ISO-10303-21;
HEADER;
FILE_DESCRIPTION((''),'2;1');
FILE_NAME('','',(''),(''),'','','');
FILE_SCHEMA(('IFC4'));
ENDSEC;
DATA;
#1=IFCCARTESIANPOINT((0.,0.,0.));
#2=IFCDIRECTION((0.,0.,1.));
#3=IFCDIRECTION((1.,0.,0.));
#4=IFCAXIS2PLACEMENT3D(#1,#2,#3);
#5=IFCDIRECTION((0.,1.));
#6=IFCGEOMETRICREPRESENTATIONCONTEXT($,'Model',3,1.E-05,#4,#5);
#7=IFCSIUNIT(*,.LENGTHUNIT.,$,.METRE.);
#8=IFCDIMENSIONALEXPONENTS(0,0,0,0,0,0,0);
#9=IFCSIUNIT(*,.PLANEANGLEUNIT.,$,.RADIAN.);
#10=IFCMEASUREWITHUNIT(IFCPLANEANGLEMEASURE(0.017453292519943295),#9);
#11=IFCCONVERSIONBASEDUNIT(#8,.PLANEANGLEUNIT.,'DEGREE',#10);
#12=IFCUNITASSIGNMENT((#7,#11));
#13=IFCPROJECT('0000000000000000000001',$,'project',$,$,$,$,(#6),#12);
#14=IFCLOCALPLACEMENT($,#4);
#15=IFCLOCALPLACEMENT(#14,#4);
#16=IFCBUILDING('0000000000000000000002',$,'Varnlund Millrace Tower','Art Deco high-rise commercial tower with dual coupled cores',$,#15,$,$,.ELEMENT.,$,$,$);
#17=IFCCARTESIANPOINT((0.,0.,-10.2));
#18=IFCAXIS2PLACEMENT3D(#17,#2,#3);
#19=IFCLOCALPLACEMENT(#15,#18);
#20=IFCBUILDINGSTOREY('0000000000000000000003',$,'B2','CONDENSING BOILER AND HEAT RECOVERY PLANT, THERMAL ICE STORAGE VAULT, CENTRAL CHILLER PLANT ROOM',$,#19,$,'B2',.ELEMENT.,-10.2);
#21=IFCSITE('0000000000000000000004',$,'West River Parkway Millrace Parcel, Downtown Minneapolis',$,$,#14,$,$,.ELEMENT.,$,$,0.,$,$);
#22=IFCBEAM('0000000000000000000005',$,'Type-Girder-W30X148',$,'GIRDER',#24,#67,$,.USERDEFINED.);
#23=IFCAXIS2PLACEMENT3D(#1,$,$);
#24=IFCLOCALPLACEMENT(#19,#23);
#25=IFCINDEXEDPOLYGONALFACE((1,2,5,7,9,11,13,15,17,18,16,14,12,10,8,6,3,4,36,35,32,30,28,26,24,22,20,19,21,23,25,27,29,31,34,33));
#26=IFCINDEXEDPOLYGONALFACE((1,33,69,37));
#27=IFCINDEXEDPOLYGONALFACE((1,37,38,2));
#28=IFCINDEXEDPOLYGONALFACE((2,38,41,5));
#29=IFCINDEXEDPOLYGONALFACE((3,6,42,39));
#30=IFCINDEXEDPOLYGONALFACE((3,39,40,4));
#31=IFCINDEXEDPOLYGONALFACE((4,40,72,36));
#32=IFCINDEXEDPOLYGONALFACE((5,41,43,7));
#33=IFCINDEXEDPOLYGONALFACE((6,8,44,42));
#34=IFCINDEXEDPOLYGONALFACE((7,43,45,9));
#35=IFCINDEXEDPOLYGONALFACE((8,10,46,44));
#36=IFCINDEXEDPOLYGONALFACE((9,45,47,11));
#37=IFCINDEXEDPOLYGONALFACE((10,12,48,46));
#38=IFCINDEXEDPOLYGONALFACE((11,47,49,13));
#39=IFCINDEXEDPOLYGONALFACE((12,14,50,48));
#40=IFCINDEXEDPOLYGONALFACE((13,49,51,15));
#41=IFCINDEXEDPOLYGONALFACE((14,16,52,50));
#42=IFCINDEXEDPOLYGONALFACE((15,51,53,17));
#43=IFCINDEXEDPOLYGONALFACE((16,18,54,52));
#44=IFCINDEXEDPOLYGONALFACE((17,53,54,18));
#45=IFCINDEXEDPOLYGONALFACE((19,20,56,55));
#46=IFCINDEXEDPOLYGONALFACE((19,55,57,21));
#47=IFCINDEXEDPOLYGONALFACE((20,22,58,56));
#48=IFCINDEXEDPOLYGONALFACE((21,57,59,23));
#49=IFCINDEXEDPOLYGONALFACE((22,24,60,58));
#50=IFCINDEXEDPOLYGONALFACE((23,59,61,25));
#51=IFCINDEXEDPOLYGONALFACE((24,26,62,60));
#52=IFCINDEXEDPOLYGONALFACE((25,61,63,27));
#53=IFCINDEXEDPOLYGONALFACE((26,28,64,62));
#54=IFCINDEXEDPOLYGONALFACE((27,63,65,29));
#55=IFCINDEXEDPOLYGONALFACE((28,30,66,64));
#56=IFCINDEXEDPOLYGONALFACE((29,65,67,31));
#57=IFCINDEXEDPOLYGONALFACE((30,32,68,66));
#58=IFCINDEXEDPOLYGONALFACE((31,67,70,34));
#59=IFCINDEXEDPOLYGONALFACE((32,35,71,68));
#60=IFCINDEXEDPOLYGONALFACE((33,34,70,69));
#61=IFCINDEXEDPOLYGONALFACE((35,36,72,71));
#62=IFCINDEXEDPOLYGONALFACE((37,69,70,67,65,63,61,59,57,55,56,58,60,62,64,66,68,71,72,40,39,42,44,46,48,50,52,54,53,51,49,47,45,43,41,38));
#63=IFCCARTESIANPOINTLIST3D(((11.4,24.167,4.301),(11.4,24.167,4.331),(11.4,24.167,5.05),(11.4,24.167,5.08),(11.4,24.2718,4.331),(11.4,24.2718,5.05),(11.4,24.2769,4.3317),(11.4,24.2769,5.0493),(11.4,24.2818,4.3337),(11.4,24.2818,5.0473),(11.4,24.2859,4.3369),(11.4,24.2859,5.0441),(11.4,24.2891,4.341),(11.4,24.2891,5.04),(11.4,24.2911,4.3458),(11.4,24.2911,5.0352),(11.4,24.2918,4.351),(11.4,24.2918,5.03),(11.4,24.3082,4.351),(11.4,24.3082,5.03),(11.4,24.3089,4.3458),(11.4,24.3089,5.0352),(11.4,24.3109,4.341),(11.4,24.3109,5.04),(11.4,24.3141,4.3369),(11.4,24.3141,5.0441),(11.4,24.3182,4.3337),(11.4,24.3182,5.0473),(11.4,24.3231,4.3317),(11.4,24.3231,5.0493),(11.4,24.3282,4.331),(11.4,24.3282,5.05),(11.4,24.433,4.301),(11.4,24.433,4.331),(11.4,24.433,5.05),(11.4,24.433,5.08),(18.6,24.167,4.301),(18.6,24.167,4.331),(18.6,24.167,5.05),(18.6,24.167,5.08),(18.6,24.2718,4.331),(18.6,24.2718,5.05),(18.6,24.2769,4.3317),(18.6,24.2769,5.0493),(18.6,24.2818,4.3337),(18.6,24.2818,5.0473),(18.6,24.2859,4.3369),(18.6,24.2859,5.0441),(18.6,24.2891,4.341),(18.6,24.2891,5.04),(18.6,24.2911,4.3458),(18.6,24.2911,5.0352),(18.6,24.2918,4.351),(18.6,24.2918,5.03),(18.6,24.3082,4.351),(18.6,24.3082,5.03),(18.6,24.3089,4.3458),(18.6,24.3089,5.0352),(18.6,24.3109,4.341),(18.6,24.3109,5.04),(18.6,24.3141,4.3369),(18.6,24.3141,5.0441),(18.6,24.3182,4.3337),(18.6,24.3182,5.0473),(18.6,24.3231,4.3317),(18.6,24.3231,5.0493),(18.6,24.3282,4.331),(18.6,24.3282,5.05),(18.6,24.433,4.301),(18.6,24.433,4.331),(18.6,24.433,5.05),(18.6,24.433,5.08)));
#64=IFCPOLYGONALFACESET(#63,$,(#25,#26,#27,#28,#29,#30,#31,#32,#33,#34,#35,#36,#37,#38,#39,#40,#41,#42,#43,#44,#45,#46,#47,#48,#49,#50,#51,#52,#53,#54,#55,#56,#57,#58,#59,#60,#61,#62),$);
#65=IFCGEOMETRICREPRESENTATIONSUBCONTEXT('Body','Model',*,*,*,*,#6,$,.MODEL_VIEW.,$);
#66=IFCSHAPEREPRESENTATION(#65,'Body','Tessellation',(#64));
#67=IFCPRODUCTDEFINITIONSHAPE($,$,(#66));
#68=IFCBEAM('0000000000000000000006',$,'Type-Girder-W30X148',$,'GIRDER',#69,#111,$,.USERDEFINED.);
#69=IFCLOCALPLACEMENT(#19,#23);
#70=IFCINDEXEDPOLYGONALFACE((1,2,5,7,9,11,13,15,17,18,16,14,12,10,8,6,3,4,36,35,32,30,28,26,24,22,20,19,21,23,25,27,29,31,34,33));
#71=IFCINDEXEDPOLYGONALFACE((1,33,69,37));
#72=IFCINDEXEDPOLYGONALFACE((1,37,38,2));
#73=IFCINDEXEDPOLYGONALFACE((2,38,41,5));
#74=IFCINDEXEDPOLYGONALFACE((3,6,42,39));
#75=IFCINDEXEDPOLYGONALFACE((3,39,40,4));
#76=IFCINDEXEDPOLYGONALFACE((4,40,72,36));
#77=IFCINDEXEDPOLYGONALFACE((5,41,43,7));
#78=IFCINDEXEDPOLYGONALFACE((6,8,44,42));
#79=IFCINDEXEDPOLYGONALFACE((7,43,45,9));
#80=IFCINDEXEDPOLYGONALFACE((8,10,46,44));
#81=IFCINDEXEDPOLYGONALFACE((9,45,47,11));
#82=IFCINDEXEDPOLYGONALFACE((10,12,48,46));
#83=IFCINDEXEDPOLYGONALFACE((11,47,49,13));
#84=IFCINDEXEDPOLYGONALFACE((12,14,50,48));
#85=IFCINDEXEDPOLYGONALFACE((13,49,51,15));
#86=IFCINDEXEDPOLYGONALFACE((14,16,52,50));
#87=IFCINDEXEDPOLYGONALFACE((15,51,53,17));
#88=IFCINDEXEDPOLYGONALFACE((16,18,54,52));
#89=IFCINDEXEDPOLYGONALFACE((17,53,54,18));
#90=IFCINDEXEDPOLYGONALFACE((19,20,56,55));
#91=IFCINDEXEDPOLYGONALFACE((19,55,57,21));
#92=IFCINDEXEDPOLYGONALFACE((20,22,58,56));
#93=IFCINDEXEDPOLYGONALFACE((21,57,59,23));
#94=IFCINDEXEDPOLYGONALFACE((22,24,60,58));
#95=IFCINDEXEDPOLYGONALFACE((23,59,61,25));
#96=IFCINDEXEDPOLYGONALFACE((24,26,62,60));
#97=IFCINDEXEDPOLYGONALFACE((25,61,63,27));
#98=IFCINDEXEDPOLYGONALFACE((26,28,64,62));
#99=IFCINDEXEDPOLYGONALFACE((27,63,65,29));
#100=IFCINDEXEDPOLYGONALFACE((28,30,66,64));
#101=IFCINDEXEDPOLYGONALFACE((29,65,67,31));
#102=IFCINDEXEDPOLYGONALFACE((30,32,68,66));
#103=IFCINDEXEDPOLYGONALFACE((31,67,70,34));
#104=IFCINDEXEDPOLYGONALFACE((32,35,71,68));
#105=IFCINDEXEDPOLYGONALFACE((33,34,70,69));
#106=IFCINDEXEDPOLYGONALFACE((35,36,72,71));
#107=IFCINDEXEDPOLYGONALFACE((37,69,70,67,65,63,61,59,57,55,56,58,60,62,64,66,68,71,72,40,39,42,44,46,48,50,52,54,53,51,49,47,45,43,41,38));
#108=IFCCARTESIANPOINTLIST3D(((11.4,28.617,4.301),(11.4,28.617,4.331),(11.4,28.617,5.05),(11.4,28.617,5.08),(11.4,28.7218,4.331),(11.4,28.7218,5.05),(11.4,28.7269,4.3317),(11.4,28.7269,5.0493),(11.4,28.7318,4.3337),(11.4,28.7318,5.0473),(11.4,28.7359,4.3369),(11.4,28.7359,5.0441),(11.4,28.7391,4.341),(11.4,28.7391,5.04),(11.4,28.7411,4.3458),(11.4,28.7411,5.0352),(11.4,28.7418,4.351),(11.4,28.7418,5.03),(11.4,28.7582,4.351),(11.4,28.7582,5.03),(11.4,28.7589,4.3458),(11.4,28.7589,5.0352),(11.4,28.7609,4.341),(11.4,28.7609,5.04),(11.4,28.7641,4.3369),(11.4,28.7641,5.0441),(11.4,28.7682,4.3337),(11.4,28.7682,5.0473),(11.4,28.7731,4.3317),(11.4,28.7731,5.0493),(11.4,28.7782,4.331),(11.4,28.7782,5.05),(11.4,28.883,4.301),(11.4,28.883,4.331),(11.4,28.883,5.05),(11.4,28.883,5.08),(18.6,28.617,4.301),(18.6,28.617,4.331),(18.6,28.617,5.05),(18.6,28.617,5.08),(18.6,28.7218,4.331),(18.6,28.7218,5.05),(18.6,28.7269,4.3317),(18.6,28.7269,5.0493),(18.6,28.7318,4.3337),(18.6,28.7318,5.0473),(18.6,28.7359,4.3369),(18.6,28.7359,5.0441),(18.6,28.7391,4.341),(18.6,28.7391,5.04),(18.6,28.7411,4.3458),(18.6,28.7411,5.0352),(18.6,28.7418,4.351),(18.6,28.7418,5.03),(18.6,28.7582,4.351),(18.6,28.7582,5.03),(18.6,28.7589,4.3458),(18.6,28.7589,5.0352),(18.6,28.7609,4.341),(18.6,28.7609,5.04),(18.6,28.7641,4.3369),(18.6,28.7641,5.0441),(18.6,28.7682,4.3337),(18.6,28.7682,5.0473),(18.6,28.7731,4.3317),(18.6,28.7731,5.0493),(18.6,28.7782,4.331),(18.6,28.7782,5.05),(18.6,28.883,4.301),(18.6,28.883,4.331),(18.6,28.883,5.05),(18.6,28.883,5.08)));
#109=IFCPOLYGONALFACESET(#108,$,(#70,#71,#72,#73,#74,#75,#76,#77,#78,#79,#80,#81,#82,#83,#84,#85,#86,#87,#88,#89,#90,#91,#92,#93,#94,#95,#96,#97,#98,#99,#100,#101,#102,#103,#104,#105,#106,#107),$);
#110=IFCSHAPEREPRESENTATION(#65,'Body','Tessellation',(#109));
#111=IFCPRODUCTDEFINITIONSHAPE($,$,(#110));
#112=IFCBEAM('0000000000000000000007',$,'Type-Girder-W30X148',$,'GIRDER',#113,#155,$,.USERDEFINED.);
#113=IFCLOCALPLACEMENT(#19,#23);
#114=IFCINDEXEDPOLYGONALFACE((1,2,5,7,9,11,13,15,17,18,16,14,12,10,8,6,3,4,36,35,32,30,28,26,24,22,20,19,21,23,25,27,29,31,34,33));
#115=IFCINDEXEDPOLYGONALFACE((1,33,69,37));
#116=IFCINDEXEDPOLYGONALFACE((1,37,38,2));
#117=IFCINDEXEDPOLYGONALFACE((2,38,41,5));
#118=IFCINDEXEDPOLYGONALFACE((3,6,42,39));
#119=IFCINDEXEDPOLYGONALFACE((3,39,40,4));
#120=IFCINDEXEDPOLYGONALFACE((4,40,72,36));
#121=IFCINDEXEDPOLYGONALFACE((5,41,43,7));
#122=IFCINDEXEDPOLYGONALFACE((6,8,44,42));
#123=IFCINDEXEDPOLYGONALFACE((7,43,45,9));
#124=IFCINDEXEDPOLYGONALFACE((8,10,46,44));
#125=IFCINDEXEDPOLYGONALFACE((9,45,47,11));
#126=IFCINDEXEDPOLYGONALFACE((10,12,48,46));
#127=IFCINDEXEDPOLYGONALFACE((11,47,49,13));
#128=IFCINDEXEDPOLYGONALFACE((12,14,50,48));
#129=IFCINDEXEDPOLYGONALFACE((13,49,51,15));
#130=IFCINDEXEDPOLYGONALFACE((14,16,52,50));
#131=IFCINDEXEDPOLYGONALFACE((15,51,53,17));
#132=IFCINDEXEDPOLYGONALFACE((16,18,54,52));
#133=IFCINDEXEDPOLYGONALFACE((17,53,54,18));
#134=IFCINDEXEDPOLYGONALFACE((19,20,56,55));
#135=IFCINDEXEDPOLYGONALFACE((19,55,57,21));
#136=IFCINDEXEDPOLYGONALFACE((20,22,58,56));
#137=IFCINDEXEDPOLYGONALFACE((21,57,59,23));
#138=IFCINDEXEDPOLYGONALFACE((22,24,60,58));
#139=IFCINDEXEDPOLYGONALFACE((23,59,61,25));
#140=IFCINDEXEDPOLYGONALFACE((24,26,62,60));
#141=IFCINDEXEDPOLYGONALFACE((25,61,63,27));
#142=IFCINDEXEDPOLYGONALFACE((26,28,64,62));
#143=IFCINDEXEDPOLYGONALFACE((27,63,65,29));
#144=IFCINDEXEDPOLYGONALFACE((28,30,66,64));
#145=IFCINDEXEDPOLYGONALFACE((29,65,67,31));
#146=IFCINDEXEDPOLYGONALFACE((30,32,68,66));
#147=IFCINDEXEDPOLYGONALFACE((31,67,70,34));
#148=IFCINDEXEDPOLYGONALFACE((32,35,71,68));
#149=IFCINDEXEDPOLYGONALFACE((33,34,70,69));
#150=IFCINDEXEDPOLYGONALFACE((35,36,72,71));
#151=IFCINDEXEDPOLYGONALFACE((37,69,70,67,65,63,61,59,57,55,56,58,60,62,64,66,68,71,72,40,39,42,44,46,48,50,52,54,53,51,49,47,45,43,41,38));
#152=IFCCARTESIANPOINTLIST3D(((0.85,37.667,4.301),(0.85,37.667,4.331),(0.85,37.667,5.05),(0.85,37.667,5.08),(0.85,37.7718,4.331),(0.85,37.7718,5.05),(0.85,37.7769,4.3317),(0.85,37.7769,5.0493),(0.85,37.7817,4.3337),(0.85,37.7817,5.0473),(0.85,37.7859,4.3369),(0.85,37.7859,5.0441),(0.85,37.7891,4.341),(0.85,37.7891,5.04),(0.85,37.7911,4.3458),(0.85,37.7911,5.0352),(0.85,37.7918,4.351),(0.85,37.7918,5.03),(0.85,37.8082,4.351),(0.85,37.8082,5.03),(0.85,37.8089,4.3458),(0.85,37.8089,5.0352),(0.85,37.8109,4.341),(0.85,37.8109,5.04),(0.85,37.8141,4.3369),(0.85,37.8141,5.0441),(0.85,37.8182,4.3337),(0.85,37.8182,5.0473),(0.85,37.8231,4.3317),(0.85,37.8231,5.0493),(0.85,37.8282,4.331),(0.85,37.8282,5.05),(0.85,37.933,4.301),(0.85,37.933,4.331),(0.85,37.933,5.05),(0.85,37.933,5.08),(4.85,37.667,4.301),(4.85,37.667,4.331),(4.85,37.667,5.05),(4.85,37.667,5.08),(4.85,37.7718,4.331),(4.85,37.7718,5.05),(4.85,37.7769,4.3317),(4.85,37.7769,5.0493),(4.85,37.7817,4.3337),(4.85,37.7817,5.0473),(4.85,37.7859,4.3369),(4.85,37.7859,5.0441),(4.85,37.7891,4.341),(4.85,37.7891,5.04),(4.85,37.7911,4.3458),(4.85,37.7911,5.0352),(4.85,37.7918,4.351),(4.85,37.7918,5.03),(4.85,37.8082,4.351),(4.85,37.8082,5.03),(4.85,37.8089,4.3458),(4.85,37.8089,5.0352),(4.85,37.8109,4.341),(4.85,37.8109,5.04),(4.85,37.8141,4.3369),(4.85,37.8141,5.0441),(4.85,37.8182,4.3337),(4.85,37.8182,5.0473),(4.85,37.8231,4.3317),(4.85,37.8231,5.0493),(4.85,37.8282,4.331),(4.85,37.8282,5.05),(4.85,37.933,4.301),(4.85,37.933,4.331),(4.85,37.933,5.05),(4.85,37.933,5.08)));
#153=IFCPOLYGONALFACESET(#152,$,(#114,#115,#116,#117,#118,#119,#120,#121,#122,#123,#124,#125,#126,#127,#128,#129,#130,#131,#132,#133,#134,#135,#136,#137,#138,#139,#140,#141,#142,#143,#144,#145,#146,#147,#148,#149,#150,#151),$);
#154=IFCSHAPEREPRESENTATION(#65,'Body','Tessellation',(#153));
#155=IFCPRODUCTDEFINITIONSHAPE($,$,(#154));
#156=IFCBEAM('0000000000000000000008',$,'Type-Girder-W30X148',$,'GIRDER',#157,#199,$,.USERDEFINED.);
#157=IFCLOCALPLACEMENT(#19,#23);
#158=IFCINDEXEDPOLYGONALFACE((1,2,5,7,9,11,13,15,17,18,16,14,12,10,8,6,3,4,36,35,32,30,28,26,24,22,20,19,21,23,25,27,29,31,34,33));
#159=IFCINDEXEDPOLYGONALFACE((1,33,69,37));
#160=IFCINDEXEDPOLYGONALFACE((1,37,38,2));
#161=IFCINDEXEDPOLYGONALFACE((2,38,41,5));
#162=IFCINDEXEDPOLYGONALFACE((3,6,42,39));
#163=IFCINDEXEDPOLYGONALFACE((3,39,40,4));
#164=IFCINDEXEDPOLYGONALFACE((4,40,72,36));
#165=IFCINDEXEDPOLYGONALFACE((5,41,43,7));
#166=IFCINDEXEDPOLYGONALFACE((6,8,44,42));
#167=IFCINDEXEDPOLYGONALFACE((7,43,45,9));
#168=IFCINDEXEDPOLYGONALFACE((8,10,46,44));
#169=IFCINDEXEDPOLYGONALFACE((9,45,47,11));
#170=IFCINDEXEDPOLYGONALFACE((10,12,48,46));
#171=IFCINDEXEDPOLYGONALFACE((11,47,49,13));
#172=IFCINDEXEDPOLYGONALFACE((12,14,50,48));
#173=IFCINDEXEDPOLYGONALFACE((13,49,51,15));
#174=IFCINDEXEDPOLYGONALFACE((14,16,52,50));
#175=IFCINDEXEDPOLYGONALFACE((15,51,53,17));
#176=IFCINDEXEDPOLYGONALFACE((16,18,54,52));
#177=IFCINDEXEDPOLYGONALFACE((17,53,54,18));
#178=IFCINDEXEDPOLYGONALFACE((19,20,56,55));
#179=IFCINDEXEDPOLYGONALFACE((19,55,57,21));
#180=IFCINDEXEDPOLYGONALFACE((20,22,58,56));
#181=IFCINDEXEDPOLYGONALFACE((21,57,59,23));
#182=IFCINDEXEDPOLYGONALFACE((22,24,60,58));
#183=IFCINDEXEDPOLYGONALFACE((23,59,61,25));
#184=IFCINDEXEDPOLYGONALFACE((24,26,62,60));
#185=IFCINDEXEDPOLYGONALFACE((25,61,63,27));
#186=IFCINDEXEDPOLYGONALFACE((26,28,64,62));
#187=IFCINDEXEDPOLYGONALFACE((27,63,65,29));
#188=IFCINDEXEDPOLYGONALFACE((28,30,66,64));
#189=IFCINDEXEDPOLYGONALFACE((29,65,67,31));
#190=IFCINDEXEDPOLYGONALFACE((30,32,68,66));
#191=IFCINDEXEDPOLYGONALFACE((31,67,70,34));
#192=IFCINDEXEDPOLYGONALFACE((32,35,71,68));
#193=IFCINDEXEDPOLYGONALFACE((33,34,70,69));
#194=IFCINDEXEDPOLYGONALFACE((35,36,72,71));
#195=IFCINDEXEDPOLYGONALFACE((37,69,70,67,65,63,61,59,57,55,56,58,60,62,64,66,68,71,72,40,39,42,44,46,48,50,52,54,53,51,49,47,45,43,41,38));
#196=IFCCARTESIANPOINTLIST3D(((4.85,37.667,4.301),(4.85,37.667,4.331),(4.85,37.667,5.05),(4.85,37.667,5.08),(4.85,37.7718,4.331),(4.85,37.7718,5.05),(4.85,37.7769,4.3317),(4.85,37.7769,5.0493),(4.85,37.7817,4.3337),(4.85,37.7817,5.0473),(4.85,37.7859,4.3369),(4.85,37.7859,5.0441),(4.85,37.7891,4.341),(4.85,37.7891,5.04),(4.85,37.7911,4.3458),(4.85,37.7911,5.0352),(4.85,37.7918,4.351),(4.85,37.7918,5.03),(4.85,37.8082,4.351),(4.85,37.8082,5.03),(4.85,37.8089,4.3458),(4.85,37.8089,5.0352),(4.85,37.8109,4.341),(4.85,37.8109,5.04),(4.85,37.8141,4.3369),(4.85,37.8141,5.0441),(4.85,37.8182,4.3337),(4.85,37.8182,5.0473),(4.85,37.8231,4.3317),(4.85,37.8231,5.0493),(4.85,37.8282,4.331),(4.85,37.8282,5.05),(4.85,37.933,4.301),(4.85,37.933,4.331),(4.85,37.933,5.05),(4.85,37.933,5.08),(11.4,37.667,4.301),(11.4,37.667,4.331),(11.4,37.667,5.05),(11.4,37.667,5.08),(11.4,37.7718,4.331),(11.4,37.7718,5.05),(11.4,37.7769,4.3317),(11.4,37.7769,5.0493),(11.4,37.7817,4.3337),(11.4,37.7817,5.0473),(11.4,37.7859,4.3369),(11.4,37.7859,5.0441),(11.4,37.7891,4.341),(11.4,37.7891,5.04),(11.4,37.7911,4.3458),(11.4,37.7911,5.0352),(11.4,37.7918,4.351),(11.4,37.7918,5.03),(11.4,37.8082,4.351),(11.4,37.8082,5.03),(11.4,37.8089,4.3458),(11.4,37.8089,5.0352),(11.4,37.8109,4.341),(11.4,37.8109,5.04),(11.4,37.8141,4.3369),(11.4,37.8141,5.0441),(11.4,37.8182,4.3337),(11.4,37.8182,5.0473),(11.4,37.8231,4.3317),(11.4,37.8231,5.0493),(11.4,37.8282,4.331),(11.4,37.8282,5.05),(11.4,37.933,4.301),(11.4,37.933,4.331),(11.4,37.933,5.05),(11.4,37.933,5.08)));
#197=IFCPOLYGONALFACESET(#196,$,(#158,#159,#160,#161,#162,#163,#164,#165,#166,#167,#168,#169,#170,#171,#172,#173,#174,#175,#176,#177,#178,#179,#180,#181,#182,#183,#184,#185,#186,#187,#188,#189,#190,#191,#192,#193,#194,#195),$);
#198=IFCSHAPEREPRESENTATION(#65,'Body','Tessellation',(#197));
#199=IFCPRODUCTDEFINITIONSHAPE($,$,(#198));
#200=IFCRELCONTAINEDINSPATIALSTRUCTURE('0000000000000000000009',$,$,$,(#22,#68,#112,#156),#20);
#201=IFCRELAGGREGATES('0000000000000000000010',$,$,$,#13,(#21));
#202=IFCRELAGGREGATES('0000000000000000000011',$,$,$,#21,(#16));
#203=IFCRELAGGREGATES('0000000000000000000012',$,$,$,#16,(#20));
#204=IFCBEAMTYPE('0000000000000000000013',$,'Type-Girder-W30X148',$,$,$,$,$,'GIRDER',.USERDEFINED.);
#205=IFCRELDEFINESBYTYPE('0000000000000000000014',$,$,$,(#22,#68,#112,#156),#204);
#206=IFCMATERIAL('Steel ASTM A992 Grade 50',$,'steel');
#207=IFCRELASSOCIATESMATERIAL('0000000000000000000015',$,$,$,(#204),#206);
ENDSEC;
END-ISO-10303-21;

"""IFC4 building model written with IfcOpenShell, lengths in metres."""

from ifc_helpers import new_model, entity, si_unit, converted_unit, direction, frame, origin_with_axes, origin_2d_with_axis, place, context, subcontext, project, spatial, i_section, extrude, material, material_profile, profile_set, type_object, element, save


model = new_model("IFC4")

# Units and contexts
model_context = context("Model", 3, precision=1e-05, world=origin_with_axes(), true_north=direction((0.0, 1.0)))
body_context = subcontext(model_context, "Body", "Model", "MODEL_VIEW")
ifc_project = project(units=[si_unit("LENGTHUNIT", "METRE"), converted_unit("PLANEANGLEUNIT", "DEGREE", entity("IfcPlaneAngleMeasure", 0.017453292519943295), si_unit("PLANEANGLEUNIT", "RADIAN"), dimensions=[0, 0, 0, 0, 0, 0, 0])], contexts=[model_context])

# Site, building, storey
site_placement = place(None, origin_with_axes())
site = spatial("IfcSite", under=ifc_project, at=site_placement, Name="West River Parkway Millrace Parcel, Downtown Minneapolis", CompositionType="ELEMENT", RefElevation=0.0)
building_placement = place(site_placement, origin_with_axes())
building = spatial("IfcBuilding", under=site, at=building_placement, Name="Varnlund Millrace Tower", Description="Art Deco high-rise commercial tower with dual coupled cores", CompositionType="ELEMENT")
storey_placement = place(building_placement, frame((0.0, 0.0, -10.2), z_axis=(0.0, 0.0, 1.0), x_axis=(1.0, 0.0, 0.0)))
storey = spatial("IfcBuildingStorey", under=building, at=storey_placement, Name="B2", Description="CONDENSING BOILER AND HEAT RECOVERY PLANT, THERMAL ICE STORAGE VAULT, CENTRAL CHILLER PLANT ROOM", LongName="B2", CompositionType="ELEMENT", Elevation=-10.2)

# Beams
ifc_material_1 = material(Name="Steel ASTM A992 Grade 50", Category="steel")
ifc_material_profile_1 = material_profile(ifc_material_1, i_section(OverallWidth=0.266, OverallDepth=0.779, WebThickness=0.0165, FlangeThickness=0.03, FilletRadius=0.02, at=origin_2d_with_axis()), Name="Steel ASTM A992 Grade 50")
ifc_profile_set_1 = profile_set([ifc_material_profile_1], Name="Steel ASTM A992 Grade 50")
beam_type_1 = type_object("IfcBeamType", Name="Type-Girder-W30X148", ElementType="GIRDER", PredefinedType="USERDEFINED", material=ifc_profile_set_1)
for number, where, z_axis, x_axis, name in (
    (1, (11.4, 24.3, 4.6905), (1.0, 0.0, 0.0), (0.0, 1.0, 0.0), "Type-Girder-W30X148"),
    (2, (11.4, 28.75, 4.6905), (1.0, 0.0, 0.0), (0.0, 1.0, 0.0), "Type-Girder-W30X148"),
):
    element("IfcBeam", number, at=place(storey_placement, frame(where, z_axis=z_axis, x_axis=x_axis)), inside=storey, type_object=beam_type_1, Name=name, ObjectType="GIRDER", PredefinedType="USERDEFINED", context=body_context, shape_type="SweptSolid", body=[
        extrude(i_section(OverallWidth=0.266, OverallDepth=0.779, WebThickness=0.0165, FlangeThickness=0.03, FilletRadius=0.02, at=origin_2d_with_axis()), origin_with_axes(), (0.0, 0.0, 1.0), 7.2),
    ])
beam_1_placement = place(storey_placement, frame((0.85, 37.8, 4.6905), z_axis=(1.0, 0.0, 0.0), x_axis=(0.0, 1.0, 0.0)))
element("IfcBeam", 3, at=beam_1_placement, inside=storey, type_object=beam_type_1, Name="Type-Girder-W30X148", ObjectType="GIRDER", PredefinedType="USERDEFINED", context=body_context, shape_type="SweptSolid", body=[
    extrude(i_section(OverallWidth=0.266, OverallDepth=0.779, WebThickness=0.0165, FlangeThickness=0.03, FilletRadius=0.02, at=origin_2d_with_axis()), origin_with_axes(), (0.0, 0.0, 1.0), 4.0),
])
beam_2_placement = place(storey_placement, frame((4.85, 37.8, 4.6905), z_axis=(1.0, 0.0, 0.0), x_axis=(0.0, 1.0, 0.0)))
element("IfcBeam", 4, at=beam_2_placement, inside=storey, type_object=beam_type_1, Name="Type-Girder-W30X148", ObjectType="GIRDER", PredefinedType="USERDEFINED", context=body_context, shape_type="SweptSolid", body=[
    extrude(i_section(OverallWidth=0.266, OverallDepth=0.779, WebThickness=0.0165, FlangeThickness=0.03, FilletRadius=0.02, at=origin_2d_with_axis()), origin_with_axes(), (0.0, 0.0, 1.0), 6.55),
])

save(model, "model.ifc")
